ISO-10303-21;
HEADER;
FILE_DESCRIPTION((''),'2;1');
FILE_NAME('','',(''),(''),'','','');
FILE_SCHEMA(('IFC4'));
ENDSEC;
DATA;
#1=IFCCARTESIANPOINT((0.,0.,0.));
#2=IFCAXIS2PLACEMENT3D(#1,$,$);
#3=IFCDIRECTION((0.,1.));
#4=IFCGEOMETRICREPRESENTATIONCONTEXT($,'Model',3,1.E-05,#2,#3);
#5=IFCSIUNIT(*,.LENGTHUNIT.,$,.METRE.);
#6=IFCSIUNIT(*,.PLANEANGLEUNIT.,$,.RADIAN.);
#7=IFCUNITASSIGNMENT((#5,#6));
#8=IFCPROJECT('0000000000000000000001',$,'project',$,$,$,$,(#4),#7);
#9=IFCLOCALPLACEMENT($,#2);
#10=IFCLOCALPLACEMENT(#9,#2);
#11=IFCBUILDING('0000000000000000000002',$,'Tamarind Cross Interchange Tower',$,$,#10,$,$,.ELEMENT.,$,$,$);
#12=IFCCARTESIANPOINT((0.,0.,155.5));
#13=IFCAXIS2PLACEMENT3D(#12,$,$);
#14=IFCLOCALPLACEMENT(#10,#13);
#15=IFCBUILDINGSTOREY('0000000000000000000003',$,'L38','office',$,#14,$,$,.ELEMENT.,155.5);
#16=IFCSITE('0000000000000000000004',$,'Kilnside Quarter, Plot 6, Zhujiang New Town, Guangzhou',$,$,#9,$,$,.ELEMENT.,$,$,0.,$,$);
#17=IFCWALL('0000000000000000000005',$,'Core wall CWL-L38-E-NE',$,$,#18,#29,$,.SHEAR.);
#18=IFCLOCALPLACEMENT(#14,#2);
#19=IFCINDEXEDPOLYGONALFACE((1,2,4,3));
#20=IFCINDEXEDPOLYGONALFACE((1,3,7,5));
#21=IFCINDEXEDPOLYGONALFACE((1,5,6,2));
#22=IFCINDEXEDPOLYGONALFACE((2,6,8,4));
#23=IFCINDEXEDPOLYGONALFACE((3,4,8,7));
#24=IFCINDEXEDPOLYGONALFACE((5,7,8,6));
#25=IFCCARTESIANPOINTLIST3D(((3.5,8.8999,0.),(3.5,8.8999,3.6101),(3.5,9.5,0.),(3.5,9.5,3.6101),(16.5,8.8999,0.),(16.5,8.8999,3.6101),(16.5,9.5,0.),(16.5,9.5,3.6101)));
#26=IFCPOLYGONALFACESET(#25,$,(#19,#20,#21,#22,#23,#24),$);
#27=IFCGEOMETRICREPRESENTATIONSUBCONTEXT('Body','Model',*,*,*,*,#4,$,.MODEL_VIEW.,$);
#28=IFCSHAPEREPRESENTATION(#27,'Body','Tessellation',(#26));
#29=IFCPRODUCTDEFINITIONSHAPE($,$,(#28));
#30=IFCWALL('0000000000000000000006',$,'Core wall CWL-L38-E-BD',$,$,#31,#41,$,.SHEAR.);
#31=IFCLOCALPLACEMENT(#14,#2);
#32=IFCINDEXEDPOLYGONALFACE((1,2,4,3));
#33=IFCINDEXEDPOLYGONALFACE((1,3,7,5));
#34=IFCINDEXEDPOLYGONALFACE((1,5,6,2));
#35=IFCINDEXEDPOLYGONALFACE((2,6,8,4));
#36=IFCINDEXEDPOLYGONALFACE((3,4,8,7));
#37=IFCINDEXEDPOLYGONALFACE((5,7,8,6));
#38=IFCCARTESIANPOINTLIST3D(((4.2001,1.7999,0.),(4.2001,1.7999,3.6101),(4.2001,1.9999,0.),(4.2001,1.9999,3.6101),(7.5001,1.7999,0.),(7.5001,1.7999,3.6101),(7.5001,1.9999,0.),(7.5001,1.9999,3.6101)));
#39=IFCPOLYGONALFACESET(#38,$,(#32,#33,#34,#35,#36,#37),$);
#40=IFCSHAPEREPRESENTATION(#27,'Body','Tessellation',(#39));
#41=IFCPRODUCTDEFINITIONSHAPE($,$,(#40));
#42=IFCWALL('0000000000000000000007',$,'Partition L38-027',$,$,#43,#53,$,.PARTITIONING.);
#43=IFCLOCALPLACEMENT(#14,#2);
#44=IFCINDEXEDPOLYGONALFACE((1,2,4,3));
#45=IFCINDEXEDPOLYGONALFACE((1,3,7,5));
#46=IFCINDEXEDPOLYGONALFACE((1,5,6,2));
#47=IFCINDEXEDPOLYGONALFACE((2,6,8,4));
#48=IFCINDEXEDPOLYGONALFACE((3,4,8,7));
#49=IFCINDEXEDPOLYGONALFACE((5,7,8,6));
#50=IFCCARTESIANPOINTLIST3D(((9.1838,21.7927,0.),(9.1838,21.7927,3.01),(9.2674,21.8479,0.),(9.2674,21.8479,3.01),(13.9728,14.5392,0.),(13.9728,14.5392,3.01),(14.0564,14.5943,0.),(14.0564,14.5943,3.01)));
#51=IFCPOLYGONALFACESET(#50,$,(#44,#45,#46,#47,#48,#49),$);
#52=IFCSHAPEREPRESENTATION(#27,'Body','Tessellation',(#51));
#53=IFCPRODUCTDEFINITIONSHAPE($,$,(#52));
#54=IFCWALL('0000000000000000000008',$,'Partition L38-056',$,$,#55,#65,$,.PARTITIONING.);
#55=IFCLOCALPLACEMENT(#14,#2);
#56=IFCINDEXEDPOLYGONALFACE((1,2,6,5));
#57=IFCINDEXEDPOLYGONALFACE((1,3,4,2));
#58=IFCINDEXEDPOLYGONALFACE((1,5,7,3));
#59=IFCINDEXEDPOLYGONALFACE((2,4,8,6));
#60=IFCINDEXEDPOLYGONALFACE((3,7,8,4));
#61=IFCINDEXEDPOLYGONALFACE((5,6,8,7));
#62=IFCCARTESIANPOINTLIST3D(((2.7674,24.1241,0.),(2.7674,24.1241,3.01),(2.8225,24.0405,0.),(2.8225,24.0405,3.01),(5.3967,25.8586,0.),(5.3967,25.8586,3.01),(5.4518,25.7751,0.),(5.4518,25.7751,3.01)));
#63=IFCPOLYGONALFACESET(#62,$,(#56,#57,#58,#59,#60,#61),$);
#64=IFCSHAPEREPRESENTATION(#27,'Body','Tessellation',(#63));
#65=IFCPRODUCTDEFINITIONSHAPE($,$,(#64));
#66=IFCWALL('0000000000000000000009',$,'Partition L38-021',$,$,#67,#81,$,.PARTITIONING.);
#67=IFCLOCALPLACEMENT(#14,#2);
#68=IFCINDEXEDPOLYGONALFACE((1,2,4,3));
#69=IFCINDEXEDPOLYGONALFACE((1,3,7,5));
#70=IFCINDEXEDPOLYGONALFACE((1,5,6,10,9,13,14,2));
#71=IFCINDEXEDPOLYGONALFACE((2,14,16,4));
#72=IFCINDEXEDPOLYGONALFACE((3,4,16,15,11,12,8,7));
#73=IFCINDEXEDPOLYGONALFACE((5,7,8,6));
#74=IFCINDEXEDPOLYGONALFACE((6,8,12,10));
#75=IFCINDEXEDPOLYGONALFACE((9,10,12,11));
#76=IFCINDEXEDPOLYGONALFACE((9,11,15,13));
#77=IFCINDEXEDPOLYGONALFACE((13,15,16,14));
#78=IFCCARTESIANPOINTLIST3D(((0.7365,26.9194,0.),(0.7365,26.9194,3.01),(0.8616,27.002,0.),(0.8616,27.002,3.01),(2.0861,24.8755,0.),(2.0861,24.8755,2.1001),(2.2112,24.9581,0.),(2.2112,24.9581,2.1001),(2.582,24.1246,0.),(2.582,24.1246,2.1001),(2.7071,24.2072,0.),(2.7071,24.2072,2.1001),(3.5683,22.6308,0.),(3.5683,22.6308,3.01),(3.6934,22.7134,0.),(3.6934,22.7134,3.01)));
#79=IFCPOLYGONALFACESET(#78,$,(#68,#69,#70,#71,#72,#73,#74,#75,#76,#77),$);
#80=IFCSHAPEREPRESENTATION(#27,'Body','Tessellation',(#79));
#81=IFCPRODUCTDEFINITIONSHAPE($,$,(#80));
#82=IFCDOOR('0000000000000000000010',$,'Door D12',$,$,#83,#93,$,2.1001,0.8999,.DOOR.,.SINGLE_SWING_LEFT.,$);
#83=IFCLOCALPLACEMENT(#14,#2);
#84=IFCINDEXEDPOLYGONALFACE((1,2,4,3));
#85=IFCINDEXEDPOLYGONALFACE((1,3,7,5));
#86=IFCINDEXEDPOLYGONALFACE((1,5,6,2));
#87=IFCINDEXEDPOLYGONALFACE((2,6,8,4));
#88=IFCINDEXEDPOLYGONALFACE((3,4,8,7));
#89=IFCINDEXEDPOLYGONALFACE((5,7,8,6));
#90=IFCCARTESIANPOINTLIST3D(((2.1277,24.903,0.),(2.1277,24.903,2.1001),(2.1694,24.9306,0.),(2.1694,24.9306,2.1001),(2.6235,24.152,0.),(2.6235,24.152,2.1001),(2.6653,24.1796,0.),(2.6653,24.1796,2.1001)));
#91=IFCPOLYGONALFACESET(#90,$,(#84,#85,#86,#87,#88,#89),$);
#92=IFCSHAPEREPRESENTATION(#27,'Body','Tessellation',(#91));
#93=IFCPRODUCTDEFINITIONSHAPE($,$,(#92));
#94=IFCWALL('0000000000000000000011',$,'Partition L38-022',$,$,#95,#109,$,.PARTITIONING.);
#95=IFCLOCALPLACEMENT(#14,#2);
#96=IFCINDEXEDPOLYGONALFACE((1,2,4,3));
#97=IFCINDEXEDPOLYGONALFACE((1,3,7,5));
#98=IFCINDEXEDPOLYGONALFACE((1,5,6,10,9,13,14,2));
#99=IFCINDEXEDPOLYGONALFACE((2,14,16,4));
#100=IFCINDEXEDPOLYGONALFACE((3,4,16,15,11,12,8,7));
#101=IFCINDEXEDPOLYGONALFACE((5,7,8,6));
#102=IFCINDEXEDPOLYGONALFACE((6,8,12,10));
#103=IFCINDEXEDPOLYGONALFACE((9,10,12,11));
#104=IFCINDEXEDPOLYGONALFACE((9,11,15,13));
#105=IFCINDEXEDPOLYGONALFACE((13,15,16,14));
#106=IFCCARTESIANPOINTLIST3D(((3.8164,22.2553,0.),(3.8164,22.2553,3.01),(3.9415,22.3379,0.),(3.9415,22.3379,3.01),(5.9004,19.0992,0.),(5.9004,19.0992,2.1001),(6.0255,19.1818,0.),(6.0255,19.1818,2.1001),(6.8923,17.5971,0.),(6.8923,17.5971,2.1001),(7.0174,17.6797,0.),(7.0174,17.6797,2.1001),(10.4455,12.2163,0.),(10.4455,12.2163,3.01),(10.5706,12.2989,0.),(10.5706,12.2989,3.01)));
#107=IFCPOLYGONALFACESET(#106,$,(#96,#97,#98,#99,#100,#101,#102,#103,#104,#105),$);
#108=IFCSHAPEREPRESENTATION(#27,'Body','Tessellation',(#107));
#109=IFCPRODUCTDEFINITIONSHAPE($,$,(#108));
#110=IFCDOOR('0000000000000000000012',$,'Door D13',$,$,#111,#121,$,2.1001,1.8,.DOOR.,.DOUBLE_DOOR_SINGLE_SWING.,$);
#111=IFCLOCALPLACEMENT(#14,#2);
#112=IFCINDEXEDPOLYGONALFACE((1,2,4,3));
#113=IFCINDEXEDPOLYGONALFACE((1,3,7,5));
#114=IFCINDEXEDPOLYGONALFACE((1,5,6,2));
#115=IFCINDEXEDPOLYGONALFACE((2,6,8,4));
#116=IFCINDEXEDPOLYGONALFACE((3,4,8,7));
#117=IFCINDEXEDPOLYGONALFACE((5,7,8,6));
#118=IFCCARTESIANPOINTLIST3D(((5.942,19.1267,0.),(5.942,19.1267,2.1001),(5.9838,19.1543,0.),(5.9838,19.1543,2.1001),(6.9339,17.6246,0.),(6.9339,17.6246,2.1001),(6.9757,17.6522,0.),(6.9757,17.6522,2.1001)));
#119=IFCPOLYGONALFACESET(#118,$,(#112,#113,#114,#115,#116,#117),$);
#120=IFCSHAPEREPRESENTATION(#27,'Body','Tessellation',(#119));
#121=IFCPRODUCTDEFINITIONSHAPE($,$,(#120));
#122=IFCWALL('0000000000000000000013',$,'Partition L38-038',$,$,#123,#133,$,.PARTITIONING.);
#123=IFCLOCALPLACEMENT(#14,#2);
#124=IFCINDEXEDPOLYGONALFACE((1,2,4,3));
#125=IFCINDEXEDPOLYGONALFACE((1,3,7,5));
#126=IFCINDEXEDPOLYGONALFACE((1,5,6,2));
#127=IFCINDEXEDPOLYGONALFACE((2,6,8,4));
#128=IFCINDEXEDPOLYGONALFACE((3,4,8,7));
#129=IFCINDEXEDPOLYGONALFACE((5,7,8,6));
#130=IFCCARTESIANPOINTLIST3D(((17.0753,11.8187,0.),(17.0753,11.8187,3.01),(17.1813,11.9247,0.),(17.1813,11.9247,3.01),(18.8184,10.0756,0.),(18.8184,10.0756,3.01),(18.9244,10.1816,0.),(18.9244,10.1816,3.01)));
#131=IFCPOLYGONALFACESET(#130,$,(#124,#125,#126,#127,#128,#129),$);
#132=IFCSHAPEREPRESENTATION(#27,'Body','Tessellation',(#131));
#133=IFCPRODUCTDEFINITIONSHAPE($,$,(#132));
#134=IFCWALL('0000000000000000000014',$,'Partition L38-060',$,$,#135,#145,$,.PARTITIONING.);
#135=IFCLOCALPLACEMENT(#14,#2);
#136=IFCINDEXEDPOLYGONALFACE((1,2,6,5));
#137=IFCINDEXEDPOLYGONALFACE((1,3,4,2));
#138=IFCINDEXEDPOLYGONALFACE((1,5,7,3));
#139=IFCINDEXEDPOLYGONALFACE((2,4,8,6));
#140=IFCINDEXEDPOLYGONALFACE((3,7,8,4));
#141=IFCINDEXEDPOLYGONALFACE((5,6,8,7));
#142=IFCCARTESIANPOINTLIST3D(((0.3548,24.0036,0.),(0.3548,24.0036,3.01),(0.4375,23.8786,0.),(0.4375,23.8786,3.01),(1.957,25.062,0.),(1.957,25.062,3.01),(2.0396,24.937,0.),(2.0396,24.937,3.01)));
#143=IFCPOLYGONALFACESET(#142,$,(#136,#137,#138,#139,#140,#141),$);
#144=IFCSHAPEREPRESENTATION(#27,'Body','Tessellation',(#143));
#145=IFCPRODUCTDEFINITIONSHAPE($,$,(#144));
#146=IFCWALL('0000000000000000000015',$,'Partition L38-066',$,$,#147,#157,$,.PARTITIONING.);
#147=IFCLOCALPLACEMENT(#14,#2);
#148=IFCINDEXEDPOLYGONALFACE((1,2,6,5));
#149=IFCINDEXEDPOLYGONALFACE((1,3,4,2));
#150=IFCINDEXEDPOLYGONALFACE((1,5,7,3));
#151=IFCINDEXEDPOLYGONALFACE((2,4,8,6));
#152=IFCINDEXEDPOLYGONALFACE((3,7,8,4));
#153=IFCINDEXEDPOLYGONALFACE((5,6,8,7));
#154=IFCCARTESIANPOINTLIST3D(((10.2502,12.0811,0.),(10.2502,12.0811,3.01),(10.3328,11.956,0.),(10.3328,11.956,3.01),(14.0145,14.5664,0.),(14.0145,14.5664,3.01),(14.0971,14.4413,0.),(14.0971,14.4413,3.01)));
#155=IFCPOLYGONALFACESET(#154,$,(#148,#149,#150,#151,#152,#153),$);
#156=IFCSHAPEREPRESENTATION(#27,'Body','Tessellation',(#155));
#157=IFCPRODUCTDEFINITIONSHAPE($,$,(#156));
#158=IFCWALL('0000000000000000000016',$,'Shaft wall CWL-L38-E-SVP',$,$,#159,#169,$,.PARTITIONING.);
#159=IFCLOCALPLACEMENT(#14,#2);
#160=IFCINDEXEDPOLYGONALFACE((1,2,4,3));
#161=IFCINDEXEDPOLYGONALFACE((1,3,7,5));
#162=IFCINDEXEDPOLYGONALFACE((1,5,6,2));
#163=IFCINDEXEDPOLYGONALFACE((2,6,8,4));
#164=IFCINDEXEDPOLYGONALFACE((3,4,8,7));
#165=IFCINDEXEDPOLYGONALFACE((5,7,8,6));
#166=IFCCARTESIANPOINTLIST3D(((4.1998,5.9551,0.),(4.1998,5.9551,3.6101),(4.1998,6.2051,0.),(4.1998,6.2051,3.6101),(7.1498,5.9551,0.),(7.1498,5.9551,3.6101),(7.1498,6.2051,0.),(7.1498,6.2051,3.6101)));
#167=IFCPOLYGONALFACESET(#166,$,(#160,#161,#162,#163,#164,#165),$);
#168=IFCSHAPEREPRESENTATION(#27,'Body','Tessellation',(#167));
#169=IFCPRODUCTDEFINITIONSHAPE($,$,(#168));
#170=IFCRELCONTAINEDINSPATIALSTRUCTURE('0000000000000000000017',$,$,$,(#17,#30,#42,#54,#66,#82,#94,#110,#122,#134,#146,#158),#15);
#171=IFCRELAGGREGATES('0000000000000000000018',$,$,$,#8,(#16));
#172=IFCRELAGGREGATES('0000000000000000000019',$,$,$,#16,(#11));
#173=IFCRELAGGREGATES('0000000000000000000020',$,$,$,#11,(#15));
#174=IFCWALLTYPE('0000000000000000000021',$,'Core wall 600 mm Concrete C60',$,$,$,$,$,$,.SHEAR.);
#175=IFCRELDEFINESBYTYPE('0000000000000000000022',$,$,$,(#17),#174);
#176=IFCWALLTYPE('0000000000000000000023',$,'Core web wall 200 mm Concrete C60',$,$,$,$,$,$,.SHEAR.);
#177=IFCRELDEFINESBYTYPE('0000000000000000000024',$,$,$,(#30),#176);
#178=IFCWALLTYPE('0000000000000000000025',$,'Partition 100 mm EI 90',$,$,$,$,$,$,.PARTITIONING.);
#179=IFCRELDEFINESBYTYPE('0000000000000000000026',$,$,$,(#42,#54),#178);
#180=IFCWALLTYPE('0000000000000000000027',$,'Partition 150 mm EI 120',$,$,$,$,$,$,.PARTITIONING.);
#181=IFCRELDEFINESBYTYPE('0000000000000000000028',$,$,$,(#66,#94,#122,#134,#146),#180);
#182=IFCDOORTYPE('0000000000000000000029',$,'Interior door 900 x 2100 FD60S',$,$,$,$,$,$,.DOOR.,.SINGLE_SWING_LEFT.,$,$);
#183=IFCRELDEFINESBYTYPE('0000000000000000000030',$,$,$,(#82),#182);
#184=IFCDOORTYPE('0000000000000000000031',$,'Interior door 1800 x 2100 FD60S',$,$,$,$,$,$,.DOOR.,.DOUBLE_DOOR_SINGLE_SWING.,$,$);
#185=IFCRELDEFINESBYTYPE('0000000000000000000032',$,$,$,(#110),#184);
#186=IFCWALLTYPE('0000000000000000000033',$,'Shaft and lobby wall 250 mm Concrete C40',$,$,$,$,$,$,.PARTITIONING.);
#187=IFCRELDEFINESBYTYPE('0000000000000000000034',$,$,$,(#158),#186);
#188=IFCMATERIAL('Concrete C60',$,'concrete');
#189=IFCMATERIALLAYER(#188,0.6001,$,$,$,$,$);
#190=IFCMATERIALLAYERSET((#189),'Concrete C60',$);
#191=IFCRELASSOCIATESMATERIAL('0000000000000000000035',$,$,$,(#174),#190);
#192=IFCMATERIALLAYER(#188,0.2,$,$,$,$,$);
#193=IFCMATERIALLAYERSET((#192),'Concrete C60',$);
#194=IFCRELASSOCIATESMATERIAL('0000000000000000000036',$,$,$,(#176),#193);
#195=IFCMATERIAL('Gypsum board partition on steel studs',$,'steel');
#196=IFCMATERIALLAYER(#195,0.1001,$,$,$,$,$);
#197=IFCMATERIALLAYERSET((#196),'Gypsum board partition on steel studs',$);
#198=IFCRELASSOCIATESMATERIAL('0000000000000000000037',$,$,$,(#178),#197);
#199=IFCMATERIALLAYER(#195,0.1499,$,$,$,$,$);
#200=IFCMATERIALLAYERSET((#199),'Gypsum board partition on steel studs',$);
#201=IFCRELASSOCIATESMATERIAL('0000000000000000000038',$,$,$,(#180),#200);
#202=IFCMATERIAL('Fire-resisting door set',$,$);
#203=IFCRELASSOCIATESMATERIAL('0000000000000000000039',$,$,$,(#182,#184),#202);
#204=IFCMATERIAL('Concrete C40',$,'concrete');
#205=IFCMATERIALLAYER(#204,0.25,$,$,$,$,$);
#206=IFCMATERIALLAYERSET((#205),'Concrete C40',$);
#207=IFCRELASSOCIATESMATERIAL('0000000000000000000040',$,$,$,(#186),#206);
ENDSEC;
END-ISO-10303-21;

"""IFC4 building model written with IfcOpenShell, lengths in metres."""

from ifc_helpers import new_model, si_unit, direction, frame, frame_2d, origin, place, context, subcontext, project, spatial, rectangle, extrude, material, layer, layer_set, type_object, element, fill, save


model = new_model("IFC4")

# Units and contexts
model_context = context("Model", 3, precision=1e-05, world=origin(), true_north=direction((0.0, 1.0)))
body_context = subcontext(model_context, "Body", "Model", "MODEL_VIEW")
ifc_project = project(units=[si_unit("LENGTHUNIT", "METRE"), si_unit("PLANEANGLEUNIT", "RADIAN")], contexts=[model_context])

# Site, building, storey
site_placement = place(None, origin())
site = spatial("IfcSite", under=ifc_project, at=site_placement, Name="Kilnside Quarter, Plot 6, Zhujiang New Town, Guangzhou", CompositionType="ELEMENT", RefElevation=0.0)
building_placement = place(site_placement, origin())
building = spatial("IfcBuilding", under=site, at=building_placement, Name="Tamarind Cross Interchange Tower", CompositionType="ELEMENT")
storey_placement = place(building_placement, frame((0.0, 0.0, 155.5)))
storey = spatial("IfcBuildingStorey", under=building, at=storey_placement, Name="L38", Description="office", CompositionType="ELEMENT", Elevation=155.5)

# Shared definitions
ifc_material_1 = material(Name="Concrete C60", Category="concrete")

# Walls
ifc_layer_1 = layer(ifc_material_1, 0.6001)
ifc_layer_set_1 = layer_set([ifc_layer_1], Name="Concrete C60")
wall_type_1 = type_object("IfcWallType", Name="Core wall 600 mm Concrete C60", PredefinedType="SHEAR", material=ifc_layer_set_1)
wall_1_placement = place(storey_placement, frame((16.5, 9.2, 0.0), z_axis=(0.0, 0.0, 1.0), x_axis=(-1.0, 0.0, 0.0)))
element("IfcWall", 1, at=wall_1_placement, inside=storey, type_object=wall_type_1, Name="Core wall CWL-L38-E-NE", PredefinedType="SHEAR", context=body_context, shape_type="SweptSolid", body=[
    extrude(rectangle(XDim=13.0, YDim=0.6001, at=frame_2d((6.5, 0.0))), origin(), (0.0, 0.0, 1.0), 3.6101),
])
ifc_layer_2 = layer(ifc_material_1, 0.2)
ifc_layer_set_2 = layer_set([ifc_layer_2], Name="Concrete C60")
wall_type_2 = type_object("IfcWallType", Name="Core web wall 200 mm Concrete C60", PredefinedType="SHEAR", material=ifc_layer_set_2)
wall_2_placement = place(storey_placement, frame((7.5, 1.8999, 0.0), z_axis=(0.0, 0.0, 1.0), x_axis=(-1.0, 0.0, 0.0)))
element("IfcWall", 2, at=wall_2_placement, inside=storey, type_object=wall_type_2, Name="Core wall CWL-L38-E-BD", PredefinedType="SHEAR", context=body_context, shape_type="SweptSolid", body=[
    extrude(rectangle(XDim=3.3, YDim=0.2, at=frame_2d((1.6499, 0.0))), origin(), (0.0, 0.0, 1.0), 3.6101),
])
ifc_material_2 = material(Name="Gypsum board partition on steel studs", Category="steel")
ifc_layer_3 = layer(ifc_material_2, 0.1001)
ifc_layer_set_3 = layer_set([ifc_layer_3], Name="Gypsum board partition on steel studs")
wall_type_3 = type_object("IfcWallType", Name="Partition 100 mm EI 90", PredefinedType="PARTITIONING", material=ifc_layer_set_3)
wall_3_placement = place(storey_placement, frame((9.2256, 21.8203, 0.0), z_axis=(0.0, 0.0, 1.0), x_axis=(0.550974, -0.834522, 0.0)))
element("IfcWall", 3, at=wall_3_placement, inside=storey, type_object=wall_type_3, Name="Partition L38-027", PredefinedType="PARTITIONING", context=body_context, shape_type="SweptSolid", body=[
    extrude(rectangle(XDim=8.6919, YDim=0.1001, at=frame_2d((4.3459, 0.0))), origin(), (0.0, 0.0, 1.0), 3.01),
])
wall_4_placement = place(storey_placement, frame((2.7949, 24.0823, 0.0), z_axis=(0.0, 0.0, 1.0), x_axis=(0.834723, 0.550669, 0.0)))
element("IfcWall", 4, at=wall_4_placement, inside=storey, type_object=wall_type_3, Name="Partition L38-056", PredefinedType="PARTITIONING", context=body_context, shape_type="SweptSolid", body=[
    extrude(rectangle(XDim=3.1499, YDim=0.1001, at=frame_2d((1.575, 0.0))), origin(), (0.0, 0.0, 1.0), 3.01),
])

# Walls, openings, doors
ifc_layer_4 = layer(ifc_material_2, 0.1499)
ifc_layer_set_4 = layer_set([ifc_layer_4], Name="Gypsum board partition on steel studs")
wall_type_4 = type_object("IfcWallType", Name="Partition 150 mm EI 120", PredefinedType="PARTITIONING", material=ifc_layer_set_4)
wall_5_placement = place(storey_placement, frame((0.7991, 26.9607, 0.0), z_axis=(0.0, 0.0, 1.0), x_axis=(0.551022, -0.834491, 0.0)))
wall_5 = element("IfcWall", 5, at=wall_5_placement, inside=storey, type_object=wall_type_4, Name="Partition L38-021", PredefinedType="PARTITIONING", context=body_context, shape_type="SweptSolid", body=[
    extrude(rectangle(XDim=5.1392, YDim=0.1499, at=frame_2d((2.5696, 0.0))), origin(), (0.0, 0.0, 1.0), 3.01),
])
opening_1_placement = place(wall_5_placement, frame((2.4492, 0.0, 0.0)))
opening_1 = element("IfcOpeningElement", 6, at=opening_1_placement, cuts=wall_5, PredefinedType="OPENING", context=body_context, shape_type="SweptSolid", body=[
    extrude(rectangle(XDim=0.8999, YDim=2.1001, at=frame_2d((0.45, 1.05))), frame((0.0, 0.085, 0.0), z_axis=(0.0, -1.0, 0.0), x_axis=(1.0, 0.0, 0.0)), (0.0, 0.0, 1.0), 0.1699),
])
ifc_material_3 = material(Name="Fire-resisting door set")
door_type_1 = type_object("IfcDoorType", Name="Interior door 900 x 2100 FD60S", OperationType="SINGLE_SWING_LEFT", PredefinedType="DOOR", material=ifc_material_3)
door_1_placement = place(opening_1_placement, origin())
door_1 = element("IfcDoor", 7, at=door_1_placement, inside=storey, type_object=door_type_1, Name="Door D12", OperationType="SINGLE_SWING_LEFT", OverallHeight=2.1001, OverallWidth=0.8999, PredefinedType="DOOR", context=body_context, shape_type="SweptSolid", body=[
    extrude(rectangle(XDim=0.8999, YDim=2.1001, at=frame_2d((0.45, 1.05))), frame((0.0, 0.0249, 0.0), z_axis=(0.0, -1.0, 0.0), x_axis=(1.0, 0.0, 0.0)), (0.0, 0.0, 1.0), 0.05),
])
fill(opening_1, door_1)
wall_6_placement = place(storey_placement, frame((3.8789, 22.2966, 0.0), z_axis=(0.0, 0.0, 1.0), x_axis=(0.551037, -0.834481, 0.0)))
wall_6 = element("IfcWall", 8, at=wall_6_placement, inside=storey, type_object=wall_type_4, Name="Partition L38-022", PredefinedType="PARTITIONING", context=body_context, shape_type="SweptSolid", body=[
    extrude(rectangle(XDim=12.0303, YDim=0.1499, at=frame_2d((6.0151, 0.0))), origin(), (0.0, 0.0, 1.0), 3.01),
])
opening_2_placement = place(wall_6_placement, frame((3.7822, 0.0, 0.0)))
opening_2 = element("IfcOpeningElement", 9, at=opening_2_placement, cuts=wall_6, PredefinedType="OPENING", context=body_context, shape_type="SweptSolid", body=[
    extrude(rectangle(XDim=1.8, YDim=2.1001, at=frame_2d((0.8999, 1.05))), frame((0.0, 0.085, 0.0), z_axis=(0.0, -1.0, 0.0), x_axis=(1.0, 0.0, 0.0)), (0.0, 0.0, 1.0), 0.1699),
])
door_type_2 = type_object("IfcDoorType", Name="Interior door 1800 x 2100 FD60S", OperationType="DOUBLE_DOOR_SINGLE_SWING", PredefinedType="DOOR", material=ifc_material_3)
door_2_placement = place(opening_2_placement, origin())
door_2 = element("IfcDoor", 10, at=door_2_placement, inside=storey, type_object=door_type_2, Name="Door D13", OperationType="DOUBLE_DOOR_SINGLE_SWING", OverallHeight=2.1001, OverallWidth=1.8, PredefinedType="DOOR", context=body_context, shape_type="SweptSolid", body=[
    extrude(rectangle(XDim=1.8, YDim=2.1001, at=frame_2d((0.8999, 1.05))), frame((0.0, 0.0249, 0.0), z_axis=(0.0, -1.0, 0.0), x_axis=(1.0, 0.0, 0.0)), (0.0, 0.0, 1.0), 0.05),
])
fill(opening_2, door_2)

# Walls
wall_7_placement = place(storey_placement, frame((17.1284, 11.8716, 0.0), z_axis=(0.0, 0.0, 1.0), x_axis=(0.707107, -0.707107, 0.0)))
element("IfcWall", 11, at=wall_7_placement, inside=storey, type_object=wall_type_4, Name="Partition L38-038", PredefinedType="PARTITIONING", context=body_context, shape_type="SweptSolid", body=[
    extrude(rectangle(XDim=2.4651, YDim=0.1499, at=frame_2d((1.2324, 0.0))), origin(), (0.0, 0.0, 1.0), 3.01),
])
wall_8_placement = place(storey_placement, frame((0.3962, 23.9412, 0.0), z_axis=(0.0, 0.0, 1.0), x_axis=(0.834371, 0.551204, 0.0)))
element("IfcWall", 12, at=wall_8_placement, inside=storey, type_object=wall_type_4, Name="Partition L38-060", PredefinedType="PARTITIONING", context=body_context, shape_type="SweptSolid", body=[
    extrude(rectangle(XDim=1.9202, YDim=0.1499, at=frame_2d((0.96, 0.0))), origin(), (0.0, 0.0, 1.0), 3.01),
])
wall_9_placement = place(storey_placement, frame((10.2915, 12.0186, 0.0), z_axis=(0.0, 0.0, 1.0), x_axis=(0.834523, 0.550973, 0.0)))
element("IfcWall", 13, at=wall_9_placement, inside=storey, type_object=wall_type_4, Name="Partition L38-066", PredefinedType="PARTITIONING", context=body_context, shape_type="SweptSolid", body=[
    extrude(rectangle(XDim=4.5107, YDim=0.1499, at=frame_2d((2.2554, 0.0))), origin(), (0.0, 0.0, 1.0), 3.01),
])
ifc_material_4 = material(Name="Concrete C40", Category="concrete")
ifc_layer_5 = layer(ifc_material_4, 0.25)
ifc_layer_set_5 = layer_set([ifc_layer_5], Name="Concrete C40")
wall_type_5 = type_object("IfcWallType", Name="Shaft and lobby wall 250 mm Concrete C40", PredefinedType="PARTITIONING", material=ifc_layer_set_5)
wall_10_placement = place(storey_placement, frame((7.1499, 6.0801, 0.0), z_axis=(0.0, 0.0, 1.0), x_axis=(-1.0, 0.0, 0.0)))
element("IfcWall", 14, at=wall_10_placement, inside=storey, type_object=wall_type_5, Name="Shaft wall CWL-L38-E-SVP", PredefinedType="PARTITIONING", context=body_context, shape_type="SweptSolid", body=[
    extrude(rectangle(XDim=2.95, YDim=0.25, at=frame_2d((1.4751, 0.0))), origin(), (0.0, 0.0, 1.0), 3.6101),
])

save(model, "model.ifc")
